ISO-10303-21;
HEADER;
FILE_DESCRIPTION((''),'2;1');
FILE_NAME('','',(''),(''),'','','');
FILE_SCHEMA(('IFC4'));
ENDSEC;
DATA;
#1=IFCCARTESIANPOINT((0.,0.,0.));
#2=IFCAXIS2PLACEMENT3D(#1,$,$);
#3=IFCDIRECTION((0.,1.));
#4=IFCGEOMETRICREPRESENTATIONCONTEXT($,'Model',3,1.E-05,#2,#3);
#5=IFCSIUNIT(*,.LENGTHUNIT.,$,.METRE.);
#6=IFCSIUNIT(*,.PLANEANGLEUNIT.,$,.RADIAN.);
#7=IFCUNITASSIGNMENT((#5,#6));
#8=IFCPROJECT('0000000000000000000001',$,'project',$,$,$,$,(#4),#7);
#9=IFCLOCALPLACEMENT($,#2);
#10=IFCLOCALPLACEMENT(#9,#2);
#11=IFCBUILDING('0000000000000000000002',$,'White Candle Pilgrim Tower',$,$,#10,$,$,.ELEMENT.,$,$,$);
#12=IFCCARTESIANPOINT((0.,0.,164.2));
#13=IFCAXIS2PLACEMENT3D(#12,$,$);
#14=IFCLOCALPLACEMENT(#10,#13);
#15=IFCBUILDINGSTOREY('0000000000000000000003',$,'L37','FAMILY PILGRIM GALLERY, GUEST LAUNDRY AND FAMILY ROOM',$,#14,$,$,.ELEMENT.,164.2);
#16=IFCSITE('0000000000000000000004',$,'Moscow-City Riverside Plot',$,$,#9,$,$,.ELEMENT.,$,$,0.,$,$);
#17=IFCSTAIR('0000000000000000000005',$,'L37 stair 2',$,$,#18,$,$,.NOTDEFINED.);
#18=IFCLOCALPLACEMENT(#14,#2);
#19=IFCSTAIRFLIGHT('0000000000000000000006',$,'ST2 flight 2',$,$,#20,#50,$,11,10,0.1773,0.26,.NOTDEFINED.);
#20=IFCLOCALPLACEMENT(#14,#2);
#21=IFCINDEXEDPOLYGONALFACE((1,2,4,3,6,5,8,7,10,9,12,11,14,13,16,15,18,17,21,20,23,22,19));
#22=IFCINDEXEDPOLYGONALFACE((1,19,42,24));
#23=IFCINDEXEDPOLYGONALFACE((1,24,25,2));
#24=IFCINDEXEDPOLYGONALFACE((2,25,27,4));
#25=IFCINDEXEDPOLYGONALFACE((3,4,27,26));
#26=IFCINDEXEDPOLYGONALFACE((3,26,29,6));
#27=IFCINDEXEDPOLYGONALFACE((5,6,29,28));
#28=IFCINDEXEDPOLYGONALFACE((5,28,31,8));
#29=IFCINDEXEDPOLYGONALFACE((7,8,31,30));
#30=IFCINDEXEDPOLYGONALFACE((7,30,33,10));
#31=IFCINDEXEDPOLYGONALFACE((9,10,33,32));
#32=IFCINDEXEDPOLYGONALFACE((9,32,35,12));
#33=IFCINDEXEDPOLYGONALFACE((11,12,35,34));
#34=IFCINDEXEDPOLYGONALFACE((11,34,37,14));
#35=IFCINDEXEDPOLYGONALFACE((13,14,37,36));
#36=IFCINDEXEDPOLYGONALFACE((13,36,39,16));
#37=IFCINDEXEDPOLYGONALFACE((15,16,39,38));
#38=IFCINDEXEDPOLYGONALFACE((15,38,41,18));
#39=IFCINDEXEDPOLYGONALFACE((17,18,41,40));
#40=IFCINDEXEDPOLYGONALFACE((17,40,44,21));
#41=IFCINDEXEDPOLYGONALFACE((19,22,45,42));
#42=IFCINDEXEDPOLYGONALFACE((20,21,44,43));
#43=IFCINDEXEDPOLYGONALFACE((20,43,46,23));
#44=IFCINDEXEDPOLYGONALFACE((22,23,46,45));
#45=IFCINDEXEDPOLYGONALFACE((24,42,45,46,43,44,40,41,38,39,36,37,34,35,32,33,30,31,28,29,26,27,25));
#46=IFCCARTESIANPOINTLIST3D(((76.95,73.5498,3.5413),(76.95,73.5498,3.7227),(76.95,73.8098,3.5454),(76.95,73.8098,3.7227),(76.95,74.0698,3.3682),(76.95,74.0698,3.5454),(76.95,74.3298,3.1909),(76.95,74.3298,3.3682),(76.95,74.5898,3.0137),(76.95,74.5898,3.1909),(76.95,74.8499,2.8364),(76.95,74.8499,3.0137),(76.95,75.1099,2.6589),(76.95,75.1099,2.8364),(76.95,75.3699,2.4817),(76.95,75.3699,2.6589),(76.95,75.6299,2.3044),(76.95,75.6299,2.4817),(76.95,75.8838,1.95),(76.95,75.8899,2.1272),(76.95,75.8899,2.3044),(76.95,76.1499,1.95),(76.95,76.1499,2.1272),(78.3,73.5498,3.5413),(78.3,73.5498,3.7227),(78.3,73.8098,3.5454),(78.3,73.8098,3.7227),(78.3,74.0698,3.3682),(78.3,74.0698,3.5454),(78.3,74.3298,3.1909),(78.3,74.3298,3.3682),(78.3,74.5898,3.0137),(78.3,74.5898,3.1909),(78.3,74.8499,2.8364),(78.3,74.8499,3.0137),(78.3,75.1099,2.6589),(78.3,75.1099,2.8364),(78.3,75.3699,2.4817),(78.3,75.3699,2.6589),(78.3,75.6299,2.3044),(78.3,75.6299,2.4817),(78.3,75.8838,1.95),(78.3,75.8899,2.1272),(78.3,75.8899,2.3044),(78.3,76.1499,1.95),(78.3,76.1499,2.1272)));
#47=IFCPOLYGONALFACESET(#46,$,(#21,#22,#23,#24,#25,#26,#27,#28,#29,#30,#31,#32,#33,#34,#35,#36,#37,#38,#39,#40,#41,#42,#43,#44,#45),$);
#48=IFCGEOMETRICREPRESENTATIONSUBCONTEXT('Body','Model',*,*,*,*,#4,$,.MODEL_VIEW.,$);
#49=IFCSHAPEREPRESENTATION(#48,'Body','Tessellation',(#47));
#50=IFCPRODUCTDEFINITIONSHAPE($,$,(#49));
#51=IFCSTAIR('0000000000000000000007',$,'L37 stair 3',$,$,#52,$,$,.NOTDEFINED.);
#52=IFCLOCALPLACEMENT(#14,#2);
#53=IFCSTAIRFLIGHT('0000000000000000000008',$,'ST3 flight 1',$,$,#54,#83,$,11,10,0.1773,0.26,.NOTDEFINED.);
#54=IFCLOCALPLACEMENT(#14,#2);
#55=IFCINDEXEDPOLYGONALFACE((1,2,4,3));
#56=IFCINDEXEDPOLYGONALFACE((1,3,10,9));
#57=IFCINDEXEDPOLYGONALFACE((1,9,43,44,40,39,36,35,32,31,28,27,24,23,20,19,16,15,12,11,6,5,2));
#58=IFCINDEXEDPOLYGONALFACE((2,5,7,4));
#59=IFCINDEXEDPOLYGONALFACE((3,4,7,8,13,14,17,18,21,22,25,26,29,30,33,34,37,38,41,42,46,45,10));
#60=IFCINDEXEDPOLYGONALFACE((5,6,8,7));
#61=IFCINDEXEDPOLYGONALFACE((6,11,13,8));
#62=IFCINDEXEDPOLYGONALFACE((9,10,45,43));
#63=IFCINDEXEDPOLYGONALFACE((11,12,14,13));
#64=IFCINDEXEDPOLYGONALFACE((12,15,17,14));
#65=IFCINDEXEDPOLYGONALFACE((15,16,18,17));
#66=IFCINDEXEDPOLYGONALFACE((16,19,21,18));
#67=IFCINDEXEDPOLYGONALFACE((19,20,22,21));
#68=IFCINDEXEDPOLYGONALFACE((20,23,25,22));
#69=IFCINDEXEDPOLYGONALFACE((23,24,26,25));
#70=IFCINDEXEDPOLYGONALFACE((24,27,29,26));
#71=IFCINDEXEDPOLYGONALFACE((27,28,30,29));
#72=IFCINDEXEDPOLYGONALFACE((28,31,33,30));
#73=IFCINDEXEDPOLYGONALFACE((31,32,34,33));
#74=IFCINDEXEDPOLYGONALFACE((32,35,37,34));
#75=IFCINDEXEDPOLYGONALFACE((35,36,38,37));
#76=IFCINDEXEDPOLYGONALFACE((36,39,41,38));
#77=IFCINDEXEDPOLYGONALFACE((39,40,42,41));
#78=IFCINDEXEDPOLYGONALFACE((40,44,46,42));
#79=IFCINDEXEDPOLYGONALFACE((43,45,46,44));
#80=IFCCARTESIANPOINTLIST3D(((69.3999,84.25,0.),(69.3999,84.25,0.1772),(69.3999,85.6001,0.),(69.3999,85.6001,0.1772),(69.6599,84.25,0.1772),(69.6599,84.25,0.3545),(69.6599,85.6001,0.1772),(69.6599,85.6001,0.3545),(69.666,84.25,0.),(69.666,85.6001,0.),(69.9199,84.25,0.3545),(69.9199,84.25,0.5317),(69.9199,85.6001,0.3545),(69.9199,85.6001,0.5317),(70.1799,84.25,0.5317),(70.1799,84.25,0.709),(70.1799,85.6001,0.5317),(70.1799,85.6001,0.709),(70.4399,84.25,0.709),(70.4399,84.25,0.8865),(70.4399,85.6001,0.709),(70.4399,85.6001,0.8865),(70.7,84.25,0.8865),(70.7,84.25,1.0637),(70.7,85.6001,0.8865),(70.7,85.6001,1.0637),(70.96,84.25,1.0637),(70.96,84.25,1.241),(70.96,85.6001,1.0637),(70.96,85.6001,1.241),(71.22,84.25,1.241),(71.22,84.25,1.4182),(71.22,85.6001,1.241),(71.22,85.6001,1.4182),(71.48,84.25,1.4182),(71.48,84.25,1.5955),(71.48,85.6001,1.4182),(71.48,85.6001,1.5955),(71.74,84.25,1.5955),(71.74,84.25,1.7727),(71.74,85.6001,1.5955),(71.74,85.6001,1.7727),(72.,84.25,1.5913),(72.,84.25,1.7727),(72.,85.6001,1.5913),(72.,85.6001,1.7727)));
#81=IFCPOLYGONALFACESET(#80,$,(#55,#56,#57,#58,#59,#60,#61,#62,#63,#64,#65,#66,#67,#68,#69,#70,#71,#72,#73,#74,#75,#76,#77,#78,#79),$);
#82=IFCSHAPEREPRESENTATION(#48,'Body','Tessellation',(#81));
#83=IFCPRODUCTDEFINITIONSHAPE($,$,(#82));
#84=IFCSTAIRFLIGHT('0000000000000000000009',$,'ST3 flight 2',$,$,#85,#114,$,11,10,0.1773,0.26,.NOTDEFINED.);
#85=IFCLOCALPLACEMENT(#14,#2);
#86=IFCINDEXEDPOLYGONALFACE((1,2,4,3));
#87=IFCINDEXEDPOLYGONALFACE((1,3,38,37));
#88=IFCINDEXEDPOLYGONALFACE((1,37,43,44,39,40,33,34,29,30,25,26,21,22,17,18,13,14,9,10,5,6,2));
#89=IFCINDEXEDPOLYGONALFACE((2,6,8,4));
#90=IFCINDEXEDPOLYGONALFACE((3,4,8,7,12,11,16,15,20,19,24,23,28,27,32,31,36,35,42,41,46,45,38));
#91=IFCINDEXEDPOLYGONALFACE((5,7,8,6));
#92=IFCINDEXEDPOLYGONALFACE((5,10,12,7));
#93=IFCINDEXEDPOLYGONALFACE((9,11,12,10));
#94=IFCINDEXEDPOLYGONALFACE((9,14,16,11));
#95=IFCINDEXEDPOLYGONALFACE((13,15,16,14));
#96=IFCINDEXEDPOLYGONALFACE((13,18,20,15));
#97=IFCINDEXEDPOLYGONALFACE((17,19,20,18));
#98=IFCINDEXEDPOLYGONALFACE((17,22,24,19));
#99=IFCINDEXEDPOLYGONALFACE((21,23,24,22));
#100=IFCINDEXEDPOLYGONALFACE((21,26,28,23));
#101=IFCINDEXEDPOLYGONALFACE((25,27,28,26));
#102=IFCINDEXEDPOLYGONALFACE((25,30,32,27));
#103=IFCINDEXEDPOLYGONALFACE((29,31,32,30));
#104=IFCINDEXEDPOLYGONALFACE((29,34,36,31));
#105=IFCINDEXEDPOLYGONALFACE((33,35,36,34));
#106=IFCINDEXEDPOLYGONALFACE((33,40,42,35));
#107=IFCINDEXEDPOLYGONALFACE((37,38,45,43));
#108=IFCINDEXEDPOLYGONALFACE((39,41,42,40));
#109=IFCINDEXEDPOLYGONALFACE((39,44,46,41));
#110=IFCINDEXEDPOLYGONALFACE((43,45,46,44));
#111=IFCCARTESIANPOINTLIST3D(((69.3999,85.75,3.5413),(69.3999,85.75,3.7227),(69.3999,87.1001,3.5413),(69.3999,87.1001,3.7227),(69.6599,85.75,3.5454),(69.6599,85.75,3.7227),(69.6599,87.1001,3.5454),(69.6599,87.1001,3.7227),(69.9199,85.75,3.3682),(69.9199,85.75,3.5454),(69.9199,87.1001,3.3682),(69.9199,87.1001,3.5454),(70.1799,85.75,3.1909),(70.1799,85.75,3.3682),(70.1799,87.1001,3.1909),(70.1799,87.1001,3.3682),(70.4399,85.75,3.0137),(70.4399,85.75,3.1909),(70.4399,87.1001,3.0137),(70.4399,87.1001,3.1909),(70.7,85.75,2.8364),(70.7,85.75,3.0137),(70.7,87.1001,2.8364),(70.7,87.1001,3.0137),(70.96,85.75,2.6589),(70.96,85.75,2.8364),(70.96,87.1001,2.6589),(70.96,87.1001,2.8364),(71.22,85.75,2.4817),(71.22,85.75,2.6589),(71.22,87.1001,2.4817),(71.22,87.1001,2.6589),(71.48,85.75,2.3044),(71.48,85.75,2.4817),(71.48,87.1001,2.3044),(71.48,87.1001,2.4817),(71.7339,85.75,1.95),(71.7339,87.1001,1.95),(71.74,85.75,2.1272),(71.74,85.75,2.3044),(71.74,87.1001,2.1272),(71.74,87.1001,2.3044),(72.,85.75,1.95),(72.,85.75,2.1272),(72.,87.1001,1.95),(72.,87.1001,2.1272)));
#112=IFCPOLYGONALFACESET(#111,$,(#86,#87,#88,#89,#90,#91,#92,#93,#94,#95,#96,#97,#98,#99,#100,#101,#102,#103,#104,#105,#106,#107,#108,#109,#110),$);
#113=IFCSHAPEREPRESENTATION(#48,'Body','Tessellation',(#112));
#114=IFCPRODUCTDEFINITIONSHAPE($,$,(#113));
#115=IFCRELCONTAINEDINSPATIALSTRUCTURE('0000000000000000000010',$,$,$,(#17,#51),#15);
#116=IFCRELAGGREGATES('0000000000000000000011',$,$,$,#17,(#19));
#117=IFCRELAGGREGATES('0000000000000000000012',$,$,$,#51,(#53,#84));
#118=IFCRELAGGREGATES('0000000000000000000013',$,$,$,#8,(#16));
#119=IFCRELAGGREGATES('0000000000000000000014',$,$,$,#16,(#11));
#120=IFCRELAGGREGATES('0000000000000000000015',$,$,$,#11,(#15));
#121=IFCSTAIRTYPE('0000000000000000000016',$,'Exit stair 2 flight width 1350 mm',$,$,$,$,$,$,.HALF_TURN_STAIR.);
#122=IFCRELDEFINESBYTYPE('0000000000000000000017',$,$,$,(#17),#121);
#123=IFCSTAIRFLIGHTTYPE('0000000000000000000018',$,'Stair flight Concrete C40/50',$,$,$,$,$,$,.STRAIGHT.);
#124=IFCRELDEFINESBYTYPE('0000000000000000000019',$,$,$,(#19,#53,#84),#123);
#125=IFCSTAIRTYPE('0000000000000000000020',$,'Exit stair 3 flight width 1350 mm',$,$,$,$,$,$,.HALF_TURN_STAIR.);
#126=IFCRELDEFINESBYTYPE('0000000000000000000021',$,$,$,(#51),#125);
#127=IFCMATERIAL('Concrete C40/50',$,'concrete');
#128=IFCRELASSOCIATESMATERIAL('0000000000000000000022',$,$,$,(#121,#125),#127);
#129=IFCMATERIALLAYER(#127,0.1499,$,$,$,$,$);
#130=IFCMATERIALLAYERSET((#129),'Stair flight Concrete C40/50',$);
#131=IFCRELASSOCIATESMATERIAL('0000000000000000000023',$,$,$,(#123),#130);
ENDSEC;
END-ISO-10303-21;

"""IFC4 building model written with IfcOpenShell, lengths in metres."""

from ifc_helpers import new_model, si_unit, direction, frame, origin, place, context, subcontext, project, spatial, polyline, outline, extrude, material, layer, layer_set, type_object, element, aggregate, save


model = new_model("IFC4")

# Units and contexts
model_context = context("Model", 3, precision=1e-05, world=origin(), true_north=direction((0.0, 1.0)))
body_context = subcontext(model_context, "Body", "Model", "MODEL_VIEW")
ifc_project = project(units=[si_unit("LENGTHUNIT", "METRE"), si_unit("PLANEANGLEUNIT", "RADIAN")], contexts=[model_context])

# Site, building, storey
site_placement = place(None, origin())
site = spatial("IfcSite", under=ifc_project, at=site_placement, Name="Moscow-City Riverside Plot", CompositionType="ELEMENT", RefElevation=0.0)
building_placement = place(site_placement, origin())
building = spatial("IfcBuilding", under=site, at=building_placement, Name="White Candle Pilgrim Tower", CompositionType="ELEMENT")
storey_placement = place(building_placement, frame((0.0, 0.0, 164.2)))
storey = spatial("IfcBuildingStorey", under=building, at=storey_placement, Name="L37", Description="FAMILY PILGRIM GALLERY, GUEST LAUNDRY AND FAMILY ROOM", CompositionType="ELEMENT", Elevation=164.2)

# Stair, stair flight
ifc_material_1 = material(Name="Concrete C40/50", Category="concrete")
stair_type_1 = type_object("IfcStairType", Name="Exit stair 2 flight width 1350 mm", PredefinedType="HALF_TURN_STAIR", material=ifc_material_1)
stair_1_placement = place(storey_placement, origin())
stair_1 = element("IfcStair", 1, at=stair_1_placement, inside=storey, type_object=stair_type_1, Name="L37 stair 2", PredefinedType="NOTDEFINED")
ifc_layer_1 = layer(ifc_material_1, 0.1499)
ifc_layer_set_1 = layer_set([ifc_layer_1], Name="Stair flight Concrete C40/50")
stair_flight_type = type_object("IfcStairFlightType", Name="Stair flight Concrete C40/50", PredefinedType="STRAIGHT", material=ifc_layer_set_1)
stair_flight_1_placement = place(storey_placement, frame((77.625, 76.1499, 1.95), z_axis=(0.0, 0.0, 1.0), x_axis=(0.0, -1.0, 0.0)))
stair_flight_1 = element("IfcStairFlight", 2, at=stair_flight_1_placement, type_object=stair_flight_type, Name="ST2 flight 2", NumberOfRisers=11, NumberOfTreads=10, PredefinedType="NOTDEFINED", RiserHeight=0.1773, TreadLength=0.26, context=body_context, shape_type="SweptSolid", body=[
    extrude(outline(polyline([(0.0, 0.0), (0.0, 0.1772), (0.26, 0.1772), (0.26, 0.3545), (0.52, 0.3545), (0.52, 0.5317), (0.78, 0.5317), (0.78, 0.709), (1.04, 0.709), (1.04, 0.8865), (1.3, 0.8865), (1.3, 1.0637), (1.5601, 1.0637), (1.5601, 1.241), (1.8201, 1.241), (1.8201, 1.4182), (2.0801, 1.4182), (2.0801, 1.5955), (2.3401, 1.5955), (2.3401, 1.7727), (2.6001, 1.7727), (2.6001, 1.95), (2.6001, 1.5913), (0.2661, 0.0), (0.0, 0.0)])), frame((0.0, 0.675, 0.0), z_axis=(0.0, -1.0, 0.0), x_axis=(1.0, 0.0, 0.0)), (0.0, 0.0, 1.0), 1.3501),
])
aggregate(stair_1, [stair_flight_1])

# Stair, stair flights
stair_type_2 = type_object("IfcStairType", Name="Exit stair 3 flight width 1350 mm", PredefinedType="HALF_TURN_STAIR", material=ifc_material_1)
stair_2_placement = place(storey_placement, origin())
stair_2 = element("IfcStair", 3, at=stair_2_placement, inside=storey, type_object=stair_type_2, Name="L37 stair 3", PredefinedType="NOTDEFINED")
stair_flight_2_placement = place(storey_placement, frame((69.3999, 84.925, 0.0), z_axis=(0.0, 0.0, 1.0), x_axis=(1.0, 0.0, 0.0)))
stair_flight_2 = element("IfcStairFlight", 4, at=stair_flight_2_placement, type_object=stair_flight_type, Name="ST3 flight 1", NumberOfRisers=11, NumberOfTreads=10, PredefinedType="NOTDEFINED", RiserHeight=0.1773, TreadLength=0.26, context=body_context, shape_type="SweptSolid", body=[
    extrude(outline(polyline([(0.0, 0.0), (0.0, 0.1772), (0.26, 0.1772), (0.26, 0.3545), (0.52, 0.3545), (0.52, 0.5317), (0.78, 0.5317), (0.78, 0.709), (1.04, 0.709), (1.04, 0.8865), (1.3, 0.8865), (1.3, 1.0637), (1.5601, 1.0637), (1.5601, 1.241), (1.8201, 1.241), (1.8201, 1.4182), (2.0801, 1.4182), (2.0801, 1.5955), (2.3401, 1.5955), (2.3401, 1.7727), (2.6001, 1.7727), (2.6001, 1.95), (2.6001, 1.5913), (0.2661, 0.0), (0.0, 0.0)])), frame((0.0, 0.675, 0.0), z_axis=(0.0, -1.0, 0.0), x_axis=(1.0, 0.0, 0.0)), (0.0, 0.0, 1.0), 1.3501),
])
stair_flight_3_placement = place(storey_placement, frame((72.0, 86.425, 1.95), z_axis=(0.0, 0.0, 1.0), x_axis=(-1.0, 0.0, 0.0)))
stair_flight_3 = element("IfcStairFlight", 5, at=stair_flight_3_placement, type_object=stair_flight_type, Name="ST3 flight 2", NumberOfRisers=11, NumberOfTreads=10, PredefinedType="NOTDEFINED", RiserHeight=0.1773, TreadLength=0.26, context=body_context, shape_type="SweptSolid", body=[
    extrude(outline(polyline([(0.0, 0.0), (0.0, 0.1772), (0.26, 0.1772), (0.26, 0.3545), (0.52, 0.3545), (0.52, 0.5317), (0.78, 0.5317), (0.78, 0.709), (1.04, 0.709), (1.04, 0.8865), (1.3, 0.8865), (1.3, 1.0637), (1.5601, 1.0637), (1.5601, 1.241), (1.8201, 1.241), (1.8201, 1.4182), (2.0801, 1.4182), (2.0801, 1.5955), (2.3401, 1.5955), (2.3401, 1.7727), (2.6001, 1.7727), (2.6001, 1.95), (2.6001, 1.5913), (0.2661, 0.0), (0.0, 0.0)])), frame((0.0, 0.675, 0.0), z_axis=(0.0, -1.0, 0.0), x_axis=(1.0, 0.0, 0.0)), (0.0, 0.0, 1.0), 1.3501),
])
aggregate(stair_2, [stair_flight_2, stair_flight_3])

save(model, "model.ifc")
